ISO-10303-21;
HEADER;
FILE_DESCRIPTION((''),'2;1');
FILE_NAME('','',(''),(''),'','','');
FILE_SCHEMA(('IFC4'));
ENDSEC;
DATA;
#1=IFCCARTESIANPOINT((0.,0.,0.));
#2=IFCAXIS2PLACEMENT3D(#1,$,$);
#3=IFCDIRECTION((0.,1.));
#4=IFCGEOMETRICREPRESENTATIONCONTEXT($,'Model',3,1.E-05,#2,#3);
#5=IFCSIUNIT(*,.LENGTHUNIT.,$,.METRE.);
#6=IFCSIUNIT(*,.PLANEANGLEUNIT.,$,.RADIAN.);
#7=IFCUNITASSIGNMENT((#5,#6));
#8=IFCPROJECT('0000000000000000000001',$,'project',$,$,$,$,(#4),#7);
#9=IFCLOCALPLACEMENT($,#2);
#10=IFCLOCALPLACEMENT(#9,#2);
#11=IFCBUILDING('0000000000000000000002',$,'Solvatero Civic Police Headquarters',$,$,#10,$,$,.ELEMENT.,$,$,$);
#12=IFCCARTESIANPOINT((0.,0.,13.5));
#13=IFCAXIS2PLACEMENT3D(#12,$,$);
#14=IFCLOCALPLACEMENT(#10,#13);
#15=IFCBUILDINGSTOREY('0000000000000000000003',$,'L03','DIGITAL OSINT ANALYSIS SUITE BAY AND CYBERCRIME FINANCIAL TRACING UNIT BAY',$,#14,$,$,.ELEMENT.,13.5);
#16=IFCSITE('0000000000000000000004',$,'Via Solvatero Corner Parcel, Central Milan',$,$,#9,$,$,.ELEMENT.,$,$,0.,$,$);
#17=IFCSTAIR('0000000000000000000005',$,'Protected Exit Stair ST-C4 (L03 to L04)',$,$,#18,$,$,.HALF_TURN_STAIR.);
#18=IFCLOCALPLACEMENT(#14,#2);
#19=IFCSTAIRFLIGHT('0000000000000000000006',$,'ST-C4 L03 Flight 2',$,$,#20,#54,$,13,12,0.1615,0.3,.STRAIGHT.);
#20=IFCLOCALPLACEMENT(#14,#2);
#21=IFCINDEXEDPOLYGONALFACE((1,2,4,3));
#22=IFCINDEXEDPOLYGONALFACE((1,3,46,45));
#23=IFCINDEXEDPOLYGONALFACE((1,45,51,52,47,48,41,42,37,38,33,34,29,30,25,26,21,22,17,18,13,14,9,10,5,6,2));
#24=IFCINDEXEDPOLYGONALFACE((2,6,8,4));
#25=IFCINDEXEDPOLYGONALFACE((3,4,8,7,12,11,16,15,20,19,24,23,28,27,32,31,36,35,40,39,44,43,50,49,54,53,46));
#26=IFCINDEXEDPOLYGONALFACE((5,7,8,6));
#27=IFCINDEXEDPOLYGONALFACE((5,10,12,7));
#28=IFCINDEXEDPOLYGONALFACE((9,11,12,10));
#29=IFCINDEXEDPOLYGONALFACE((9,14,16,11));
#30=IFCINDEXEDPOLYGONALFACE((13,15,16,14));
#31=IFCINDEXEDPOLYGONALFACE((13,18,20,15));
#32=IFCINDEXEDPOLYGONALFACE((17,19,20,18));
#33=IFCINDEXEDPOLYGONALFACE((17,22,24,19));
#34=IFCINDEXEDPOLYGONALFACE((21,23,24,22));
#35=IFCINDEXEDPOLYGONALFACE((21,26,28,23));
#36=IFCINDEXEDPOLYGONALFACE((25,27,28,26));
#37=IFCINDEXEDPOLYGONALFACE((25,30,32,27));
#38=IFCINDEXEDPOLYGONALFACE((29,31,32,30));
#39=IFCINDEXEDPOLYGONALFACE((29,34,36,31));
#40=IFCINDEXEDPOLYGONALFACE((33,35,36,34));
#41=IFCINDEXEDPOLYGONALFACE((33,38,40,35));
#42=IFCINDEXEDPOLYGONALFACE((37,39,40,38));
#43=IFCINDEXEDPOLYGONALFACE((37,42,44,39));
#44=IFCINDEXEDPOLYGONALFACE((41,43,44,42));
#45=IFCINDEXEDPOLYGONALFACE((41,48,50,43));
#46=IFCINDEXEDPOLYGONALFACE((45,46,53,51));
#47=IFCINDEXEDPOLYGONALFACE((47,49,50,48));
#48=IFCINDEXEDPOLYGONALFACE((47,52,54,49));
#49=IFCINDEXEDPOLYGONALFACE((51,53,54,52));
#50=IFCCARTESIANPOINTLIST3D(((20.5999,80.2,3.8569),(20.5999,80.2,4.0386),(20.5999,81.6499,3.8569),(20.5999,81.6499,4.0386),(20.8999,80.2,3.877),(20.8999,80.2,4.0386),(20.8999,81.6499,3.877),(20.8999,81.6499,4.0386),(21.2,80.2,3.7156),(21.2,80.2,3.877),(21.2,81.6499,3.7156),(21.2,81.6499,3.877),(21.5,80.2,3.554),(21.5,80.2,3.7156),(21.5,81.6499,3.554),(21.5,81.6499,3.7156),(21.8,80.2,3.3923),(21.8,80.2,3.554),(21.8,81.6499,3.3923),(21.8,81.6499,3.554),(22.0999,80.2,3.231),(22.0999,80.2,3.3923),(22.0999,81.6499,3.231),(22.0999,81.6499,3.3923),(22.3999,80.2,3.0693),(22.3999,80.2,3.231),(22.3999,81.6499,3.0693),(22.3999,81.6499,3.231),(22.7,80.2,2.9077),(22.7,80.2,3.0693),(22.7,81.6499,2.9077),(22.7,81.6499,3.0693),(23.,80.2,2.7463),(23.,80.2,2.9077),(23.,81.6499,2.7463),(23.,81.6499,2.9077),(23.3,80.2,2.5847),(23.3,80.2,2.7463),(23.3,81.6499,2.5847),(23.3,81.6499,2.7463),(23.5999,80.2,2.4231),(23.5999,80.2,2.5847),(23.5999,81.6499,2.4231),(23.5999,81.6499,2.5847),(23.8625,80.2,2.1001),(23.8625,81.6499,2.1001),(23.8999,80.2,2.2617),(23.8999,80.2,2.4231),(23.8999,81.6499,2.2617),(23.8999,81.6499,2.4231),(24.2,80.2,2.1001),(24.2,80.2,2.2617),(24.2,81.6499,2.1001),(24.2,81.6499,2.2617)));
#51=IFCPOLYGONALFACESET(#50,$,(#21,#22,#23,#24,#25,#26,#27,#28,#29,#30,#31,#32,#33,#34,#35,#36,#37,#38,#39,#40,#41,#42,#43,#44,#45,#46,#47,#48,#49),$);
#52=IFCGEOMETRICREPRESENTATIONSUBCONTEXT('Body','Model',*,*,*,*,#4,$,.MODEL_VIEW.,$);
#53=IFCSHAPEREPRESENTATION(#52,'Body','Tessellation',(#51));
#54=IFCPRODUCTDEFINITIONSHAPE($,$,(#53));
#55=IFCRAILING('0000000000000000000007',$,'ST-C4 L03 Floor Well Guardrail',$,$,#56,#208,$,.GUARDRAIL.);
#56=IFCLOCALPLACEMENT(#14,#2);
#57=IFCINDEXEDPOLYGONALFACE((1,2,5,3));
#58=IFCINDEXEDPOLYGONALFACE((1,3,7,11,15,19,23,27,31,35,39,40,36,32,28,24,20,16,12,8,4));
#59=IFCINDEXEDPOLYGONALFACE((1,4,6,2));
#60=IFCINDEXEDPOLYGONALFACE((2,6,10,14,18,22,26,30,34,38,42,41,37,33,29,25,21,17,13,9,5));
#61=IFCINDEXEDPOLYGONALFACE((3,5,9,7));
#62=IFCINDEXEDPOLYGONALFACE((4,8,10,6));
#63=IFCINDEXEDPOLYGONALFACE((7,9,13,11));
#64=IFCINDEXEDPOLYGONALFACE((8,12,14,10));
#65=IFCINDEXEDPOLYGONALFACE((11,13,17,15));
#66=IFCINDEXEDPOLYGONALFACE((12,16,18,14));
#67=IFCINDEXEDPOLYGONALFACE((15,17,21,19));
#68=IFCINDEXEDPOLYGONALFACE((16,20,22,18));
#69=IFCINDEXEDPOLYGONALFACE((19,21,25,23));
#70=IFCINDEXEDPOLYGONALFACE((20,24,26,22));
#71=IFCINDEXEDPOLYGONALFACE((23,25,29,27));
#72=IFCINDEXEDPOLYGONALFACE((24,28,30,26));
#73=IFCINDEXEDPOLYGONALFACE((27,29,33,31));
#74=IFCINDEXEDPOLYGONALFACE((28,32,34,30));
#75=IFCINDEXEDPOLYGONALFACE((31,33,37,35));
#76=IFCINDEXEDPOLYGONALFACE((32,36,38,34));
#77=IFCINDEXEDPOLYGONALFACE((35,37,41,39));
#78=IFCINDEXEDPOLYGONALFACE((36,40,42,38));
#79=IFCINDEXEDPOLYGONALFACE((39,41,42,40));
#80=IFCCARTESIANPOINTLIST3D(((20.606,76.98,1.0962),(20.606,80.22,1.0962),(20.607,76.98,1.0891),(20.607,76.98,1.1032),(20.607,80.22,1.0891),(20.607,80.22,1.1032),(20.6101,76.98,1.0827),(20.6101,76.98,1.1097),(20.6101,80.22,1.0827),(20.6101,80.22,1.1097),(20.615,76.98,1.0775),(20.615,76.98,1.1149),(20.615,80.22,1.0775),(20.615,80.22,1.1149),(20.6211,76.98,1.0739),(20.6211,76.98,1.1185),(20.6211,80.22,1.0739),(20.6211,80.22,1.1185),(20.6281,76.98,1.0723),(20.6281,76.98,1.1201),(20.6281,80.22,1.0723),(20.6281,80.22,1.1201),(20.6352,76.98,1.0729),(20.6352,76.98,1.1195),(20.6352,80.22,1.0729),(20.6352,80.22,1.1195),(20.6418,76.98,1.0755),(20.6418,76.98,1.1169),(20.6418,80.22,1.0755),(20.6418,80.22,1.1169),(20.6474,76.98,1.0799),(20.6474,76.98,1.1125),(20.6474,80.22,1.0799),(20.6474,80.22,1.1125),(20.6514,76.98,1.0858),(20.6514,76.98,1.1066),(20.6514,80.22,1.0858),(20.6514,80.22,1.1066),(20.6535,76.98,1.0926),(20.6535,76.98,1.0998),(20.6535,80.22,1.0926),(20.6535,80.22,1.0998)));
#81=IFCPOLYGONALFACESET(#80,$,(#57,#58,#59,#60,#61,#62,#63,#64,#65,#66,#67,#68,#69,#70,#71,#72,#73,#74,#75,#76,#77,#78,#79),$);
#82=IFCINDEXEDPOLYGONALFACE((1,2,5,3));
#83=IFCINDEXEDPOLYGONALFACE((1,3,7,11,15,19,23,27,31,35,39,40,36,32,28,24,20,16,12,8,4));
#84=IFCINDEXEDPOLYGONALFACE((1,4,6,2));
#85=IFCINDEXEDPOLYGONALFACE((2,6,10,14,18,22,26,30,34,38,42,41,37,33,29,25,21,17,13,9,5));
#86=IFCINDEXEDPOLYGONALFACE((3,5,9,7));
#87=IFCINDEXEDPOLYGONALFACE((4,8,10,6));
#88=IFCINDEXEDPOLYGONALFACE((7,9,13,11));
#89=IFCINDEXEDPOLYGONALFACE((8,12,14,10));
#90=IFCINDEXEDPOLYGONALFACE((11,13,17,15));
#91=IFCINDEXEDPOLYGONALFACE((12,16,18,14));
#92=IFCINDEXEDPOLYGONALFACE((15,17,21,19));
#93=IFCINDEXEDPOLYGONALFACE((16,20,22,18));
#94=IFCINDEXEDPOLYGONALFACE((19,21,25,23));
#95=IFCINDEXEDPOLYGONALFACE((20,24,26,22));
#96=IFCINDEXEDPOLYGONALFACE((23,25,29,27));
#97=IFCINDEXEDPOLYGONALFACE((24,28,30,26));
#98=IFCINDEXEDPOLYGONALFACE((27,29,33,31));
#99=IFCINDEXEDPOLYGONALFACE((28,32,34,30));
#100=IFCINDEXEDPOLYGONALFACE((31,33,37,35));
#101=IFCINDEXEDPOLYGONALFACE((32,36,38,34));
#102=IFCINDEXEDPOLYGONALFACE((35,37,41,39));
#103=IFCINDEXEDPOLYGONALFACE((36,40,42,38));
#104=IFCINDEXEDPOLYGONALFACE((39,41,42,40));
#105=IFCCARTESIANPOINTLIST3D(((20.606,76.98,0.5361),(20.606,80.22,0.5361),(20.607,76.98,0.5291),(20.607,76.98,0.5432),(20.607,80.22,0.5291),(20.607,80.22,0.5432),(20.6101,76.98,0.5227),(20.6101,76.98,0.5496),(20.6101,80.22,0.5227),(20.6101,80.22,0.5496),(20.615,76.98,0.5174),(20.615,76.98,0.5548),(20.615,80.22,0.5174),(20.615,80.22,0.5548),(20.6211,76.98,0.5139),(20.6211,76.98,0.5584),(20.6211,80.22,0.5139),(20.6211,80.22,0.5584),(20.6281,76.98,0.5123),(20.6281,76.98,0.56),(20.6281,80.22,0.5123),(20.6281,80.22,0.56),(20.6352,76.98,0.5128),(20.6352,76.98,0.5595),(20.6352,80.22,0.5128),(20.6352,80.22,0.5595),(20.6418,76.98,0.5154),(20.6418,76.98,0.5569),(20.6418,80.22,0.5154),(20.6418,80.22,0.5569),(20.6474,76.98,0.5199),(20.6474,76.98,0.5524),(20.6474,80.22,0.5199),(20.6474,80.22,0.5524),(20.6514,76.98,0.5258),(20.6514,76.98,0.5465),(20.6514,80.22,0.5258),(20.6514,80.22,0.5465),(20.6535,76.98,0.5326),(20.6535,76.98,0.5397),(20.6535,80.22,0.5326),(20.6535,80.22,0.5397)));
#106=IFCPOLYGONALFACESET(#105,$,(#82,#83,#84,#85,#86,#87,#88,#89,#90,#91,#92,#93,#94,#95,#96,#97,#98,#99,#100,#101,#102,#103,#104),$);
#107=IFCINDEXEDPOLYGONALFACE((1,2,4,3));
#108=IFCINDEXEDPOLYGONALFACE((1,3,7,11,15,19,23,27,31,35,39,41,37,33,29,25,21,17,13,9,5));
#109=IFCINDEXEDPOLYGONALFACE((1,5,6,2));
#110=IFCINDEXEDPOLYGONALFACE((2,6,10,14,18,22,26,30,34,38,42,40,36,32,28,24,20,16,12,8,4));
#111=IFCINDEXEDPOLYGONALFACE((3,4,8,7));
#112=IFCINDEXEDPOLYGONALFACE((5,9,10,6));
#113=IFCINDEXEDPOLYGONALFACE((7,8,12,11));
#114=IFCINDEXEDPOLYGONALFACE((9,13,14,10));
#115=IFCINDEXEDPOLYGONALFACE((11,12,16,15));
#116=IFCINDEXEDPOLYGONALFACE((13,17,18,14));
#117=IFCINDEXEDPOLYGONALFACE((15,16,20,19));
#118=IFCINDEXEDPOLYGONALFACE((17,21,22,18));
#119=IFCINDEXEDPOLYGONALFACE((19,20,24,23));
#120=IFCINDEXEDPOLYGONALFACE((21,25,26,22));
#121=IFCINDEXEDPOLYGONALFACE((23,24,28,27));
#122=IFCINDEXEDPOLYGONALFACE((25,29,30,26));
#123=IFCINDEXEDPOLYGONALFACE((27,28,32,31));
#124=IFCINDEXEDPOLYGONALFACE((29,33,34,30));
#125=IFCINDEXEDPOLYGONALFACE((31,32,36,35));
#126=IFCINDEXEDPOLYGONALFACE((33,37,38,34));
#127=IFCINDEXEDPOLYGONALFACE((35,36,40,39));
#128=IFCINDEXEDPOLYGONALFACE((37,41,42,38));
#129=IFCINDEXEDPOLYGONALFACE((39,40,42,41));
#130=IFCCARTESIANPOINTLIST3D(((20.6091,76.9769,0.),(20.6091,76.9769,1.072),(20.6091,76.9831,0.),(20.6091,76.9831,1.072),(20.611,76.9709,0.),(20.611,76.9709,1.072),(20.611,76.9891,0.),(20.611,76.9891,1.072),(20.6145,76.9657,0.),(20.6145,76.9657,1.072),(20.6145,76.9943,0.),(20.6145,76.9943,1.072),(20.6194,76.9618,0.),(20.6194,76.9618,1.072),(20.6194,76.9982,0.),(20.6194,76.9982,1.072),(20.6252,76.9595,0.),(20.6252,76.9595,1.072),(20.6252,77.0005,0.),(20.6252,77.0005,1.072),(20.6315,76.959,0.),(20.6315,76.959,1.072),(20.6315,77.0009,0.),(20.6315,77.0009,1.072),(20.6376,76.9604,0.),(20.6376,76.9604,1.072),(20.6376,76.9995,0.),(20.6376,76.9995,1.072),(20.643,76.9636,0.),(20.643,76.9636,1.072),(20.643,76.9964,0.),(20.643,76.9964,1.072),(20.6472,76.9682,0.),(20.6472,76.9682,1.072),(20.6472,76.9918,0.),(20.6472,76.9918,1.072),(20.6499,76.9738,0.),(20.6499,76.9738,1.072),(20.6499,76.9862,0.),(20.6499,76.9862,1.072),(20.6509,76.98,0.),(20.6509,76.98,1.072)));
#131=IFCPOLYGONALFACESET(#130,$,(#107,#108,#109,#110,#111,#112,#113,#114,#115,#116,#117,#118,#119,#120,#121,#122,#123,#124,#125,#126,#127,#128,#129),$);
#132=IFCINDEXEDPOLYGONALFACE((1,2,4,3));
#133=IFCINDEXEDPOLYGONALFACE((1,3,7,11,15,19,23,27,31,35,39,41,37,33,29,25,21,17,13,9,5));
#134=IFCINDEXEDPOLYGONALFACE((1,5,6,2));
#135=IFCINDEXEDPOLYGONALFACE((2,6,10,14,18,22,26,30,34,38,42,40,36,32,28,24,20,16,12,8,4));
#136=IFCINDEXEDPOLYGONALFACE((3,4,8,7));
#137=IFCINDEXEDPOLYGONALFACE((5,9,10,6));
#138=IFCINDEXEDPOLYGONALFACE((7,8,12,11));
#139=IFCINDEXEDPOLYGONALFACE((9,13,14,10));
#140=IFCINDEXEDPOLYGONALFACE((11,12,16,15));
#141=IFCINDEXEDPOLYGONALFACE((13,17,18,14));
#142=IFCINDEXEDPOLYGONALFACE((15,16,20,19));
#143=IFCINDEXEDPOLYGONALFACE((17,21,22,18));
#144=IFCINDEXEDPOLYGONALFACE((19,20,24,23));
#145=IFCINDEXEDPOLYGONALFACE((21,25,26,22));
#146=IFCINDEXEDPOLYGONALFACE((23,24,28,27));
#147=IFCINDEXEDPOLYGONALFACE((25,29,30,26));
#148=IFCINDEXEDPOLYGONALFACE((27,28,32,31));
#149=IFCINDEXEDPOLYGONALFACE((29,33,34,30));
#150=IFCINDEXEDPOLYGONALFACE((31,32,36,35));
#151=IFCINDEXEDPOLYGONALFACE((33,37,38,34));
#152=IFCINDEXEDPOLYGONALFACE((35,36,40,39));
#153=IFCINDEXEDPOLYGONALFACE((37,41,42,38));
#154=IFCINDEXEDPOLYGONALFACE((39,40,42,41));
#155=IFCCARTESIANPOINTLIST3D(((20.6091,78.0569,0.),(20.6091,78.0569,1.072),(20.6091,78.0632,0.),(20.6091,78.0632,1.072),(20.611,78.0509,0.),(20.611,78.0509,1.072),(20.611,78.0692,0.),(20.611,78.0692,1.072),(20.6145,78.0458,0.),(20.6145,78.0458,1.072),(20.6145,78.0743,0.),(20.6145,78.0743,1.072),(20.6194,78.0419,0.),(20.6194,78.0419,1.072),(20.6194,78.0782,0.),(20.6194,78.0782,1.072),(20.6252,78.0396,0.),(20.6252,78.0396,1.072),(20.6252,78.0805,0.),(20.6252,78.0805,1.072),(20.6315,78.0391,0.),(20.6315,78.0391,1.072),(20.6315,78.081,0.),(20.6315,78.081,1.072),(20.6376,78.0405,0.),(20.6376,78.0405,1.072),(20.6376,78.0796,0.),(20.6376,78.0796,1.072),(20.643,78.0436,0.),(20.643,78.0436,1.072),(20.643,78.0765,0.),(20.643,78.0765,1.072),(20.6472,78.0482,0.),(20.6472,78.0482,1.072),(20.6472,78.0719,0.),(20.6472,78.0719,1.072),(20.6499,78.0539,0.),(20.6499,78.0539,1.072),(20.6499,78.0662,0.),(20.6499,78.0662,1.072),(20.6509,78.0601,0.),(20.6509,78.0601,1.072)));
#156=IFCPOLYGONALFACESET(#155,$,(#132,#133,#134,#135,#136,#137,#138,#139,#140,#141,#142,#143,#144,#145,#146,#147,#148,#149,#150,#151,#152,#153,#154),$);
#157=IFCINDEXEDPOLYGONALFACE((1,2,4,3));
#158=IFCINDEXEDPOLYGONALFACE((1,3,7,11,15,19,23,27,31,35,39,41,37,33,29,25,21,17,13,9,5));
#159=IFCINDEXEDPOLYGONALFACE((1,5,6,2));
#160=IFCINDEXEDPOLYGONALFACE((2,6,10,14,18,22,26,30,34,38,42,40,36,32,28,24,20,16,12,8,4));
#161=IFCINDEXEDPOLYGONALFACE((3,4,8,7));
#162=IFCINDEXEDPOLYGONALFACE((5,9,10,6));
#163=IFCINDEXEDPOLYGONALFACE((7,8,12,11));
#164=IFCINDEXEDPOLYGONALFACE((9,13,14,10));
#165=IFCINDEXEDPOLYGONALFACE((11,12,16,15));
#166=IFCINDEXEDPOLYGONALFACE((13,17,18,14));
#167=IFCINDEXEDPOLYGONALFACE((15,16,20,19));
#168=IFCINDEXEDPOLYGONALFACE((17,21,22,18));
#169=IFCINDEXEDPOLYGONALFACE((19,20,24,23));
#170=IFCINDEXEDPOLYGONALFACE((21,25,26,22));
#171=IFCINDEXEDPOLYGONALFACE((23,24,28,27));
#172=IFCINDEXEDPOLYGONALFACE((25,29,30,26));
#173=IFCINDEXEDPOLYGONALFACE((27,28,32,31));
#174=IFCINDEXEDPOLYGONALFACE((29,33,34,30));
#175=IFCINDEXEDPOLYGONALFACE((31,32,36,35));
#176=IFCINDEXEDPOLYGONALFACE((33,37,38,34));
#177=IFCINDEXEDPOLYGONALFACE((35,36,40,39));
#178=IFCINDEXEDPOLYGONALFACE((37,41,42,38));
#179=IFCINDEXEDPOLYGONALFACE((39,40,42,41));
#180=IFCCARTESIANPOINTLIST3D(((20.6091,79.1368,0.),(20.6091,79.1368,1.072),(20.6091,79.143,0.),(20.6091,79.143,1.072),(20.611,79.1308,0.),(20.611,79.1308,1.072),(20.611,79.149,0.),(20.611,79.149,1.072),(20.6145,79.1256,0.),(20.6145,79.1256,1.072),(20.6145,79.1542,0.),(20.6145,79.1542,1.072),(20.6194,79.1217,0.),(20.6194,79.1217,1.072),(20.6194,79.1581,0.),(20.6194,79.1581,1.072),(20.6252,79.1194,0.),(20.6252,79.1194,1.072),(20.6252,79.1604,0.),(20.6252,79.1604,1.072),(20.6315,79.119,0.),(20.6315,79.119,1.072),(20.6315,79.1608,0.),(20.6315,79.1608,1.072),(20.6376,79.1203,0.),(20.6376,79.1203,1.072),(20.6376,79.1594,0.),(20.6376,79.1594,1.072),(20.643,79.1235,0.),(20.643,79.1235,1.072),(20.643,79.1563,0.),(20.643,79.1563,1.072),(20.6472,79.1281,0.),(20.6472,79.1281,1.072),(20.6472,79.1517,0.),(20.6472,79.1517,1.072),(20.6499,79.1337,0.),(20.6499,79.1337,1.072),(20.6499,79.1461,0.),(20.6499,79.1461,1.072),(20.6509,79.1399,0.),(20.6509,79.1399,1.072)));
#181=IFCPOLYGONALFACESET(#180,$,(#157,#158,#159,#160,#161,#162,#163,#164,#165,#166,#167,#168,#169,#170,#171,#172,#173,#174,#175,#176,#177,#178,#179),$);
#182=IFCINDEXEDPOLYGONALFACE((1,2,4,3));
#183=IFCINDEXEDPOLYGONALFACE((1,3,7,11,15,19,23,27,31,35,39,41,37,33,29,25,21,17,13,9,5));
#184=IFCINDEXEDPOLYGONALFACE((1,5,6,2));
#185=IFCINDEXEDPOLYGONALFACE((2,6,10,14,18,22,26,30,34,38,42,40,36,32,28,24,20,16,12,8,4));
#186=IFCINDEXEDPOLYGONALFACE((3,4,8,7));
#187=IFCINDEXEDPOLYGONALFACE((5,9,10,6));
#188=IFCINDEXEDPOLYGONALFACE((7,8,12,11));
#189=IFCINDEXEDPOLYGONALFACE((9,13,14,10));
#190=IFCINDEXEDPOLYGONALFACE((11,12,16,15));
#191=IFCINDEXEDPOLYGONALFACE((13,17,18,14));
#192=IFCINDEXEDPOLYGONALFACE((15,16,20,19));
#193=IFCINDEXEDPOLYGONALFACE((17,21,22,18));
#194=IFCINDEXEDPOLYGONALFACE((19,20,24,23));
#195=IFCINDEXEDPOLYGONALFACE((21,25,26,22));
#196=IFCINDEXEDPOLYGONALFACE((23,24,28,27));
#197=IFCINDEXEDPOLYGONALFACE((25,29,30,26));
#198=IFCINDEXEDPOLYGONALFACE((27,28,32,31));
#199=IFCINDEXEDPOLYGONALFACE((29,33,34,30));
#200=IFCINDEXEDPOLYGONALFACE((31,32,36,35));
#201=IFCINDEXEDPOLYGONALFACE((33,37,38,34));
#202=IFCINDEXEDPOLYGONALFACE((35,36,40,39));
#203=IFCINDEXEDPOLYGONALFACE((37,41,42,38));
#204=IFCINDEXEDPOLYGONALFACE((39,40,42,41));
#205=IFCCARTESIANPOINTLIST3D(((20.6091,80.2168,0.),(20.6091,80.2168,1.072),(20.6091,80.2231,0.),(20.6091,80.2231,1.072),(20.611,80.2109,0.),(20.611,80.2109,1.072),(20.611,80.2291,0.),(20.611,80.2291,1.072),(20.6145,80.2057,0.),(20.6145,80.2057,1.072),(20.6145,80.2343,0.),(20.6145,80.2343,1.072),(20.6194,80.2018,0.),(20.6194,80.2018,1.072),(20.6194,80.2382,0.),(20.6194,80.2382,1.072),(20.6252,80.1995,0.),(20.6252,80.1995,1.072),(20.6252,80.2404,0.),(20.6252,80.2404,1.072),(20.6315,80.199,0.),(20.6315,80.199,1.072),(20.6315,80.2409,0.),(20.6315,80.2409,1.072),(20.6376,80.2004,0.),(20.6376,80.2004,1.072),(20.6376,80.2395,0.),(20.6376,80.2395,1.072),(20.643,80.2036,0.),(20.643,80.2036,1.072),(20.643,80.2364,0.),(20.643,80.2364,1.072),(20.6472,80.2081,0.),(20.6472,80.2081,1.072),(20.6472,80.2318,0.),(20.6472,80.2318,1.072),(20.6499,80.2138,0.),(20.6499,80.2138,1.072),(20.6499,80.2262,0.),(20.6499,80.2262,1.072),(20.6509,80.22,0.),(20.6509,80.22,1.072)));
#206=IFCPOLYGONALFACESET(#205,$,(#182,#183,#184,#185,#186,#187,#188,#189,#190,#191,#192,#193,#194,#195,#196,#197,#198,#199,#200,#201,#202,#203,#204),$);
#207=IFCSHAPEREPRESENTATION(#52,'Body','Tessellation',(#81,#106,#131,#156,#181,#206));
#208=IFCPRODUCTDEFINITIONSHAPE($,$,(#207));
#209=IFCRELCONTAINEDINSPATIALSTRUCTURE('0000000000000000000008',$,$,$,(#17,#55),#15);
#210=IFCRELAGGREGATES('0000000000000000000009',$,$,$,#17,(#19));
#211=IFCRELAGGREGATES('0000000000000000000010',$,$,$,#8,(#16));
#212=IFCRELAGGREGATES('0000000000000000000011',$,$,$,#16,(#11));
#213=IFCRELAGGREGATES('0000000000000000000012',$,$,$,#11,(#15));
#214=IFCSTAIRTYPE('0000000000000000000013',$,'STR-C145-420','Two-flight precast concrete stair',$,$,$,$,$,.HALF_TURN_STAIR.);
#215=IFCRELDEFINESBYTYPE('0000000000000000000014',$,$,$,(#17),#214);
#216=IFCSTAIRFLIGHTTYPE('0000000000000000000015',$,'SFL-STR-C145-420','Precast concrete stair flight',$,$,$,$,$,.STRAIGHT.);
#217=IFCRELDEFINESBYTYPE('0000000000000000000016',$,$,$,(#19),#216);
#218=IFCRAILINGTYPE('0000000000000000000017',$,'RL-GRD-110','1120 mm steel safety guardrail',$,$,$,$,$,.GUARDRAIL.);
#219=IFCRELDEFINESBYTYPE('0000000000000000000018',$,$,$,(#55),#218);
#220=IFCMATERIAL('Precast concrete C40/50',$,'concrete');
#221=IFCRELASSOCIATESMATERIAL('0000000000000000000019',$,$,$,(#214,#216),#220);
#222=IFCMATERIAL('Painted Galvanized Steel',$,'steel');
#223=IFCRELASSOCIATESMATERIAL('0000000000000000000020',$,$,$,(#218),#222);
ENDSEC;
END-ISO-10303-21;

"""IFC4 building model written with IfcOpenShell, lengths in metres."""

from ifc_helpers import new_model, si_unit, direction, frame, origin, origin_2d, place, context, subcontext, project, spatial, polyline, circle, outline, extrude, material, type_object, element, aggregate, save


model = new_model("IFC4")

# Units and contexts
model_context = context("Model", 3, precision=1e-05, world=origin(), true_north=direction((0.0, 1.0)))
body_context = subcontext(model_context, "Body", "Model", "MODEL_VIEW")
ifc_project = project(units=[si_unit("LENGTHUNIT", "METRE"), si_unit("PLANEANGLEUNIT", "RADIAN")], contexts=[model_context])

# Site, building, storey
site_placement = place(None, origin())
site = spatial("IfcSite", under=ifc_project, at=site_placement, Name="Via Solvatero Corner Parcel, Central Milan", CompositionType="ELEMENT", RefElevation=0.0)
building_placement = place(site_placement, origin())
building = spatial("IfcBuilding", under=site, at=building_placement, Name="Solvatero Civic Police Headquarters", CompositionType="ELEMENT")
storey_placement = place(building_placement, frame((0.0, 0.0, 13.5)))
storey = spatial("IfcBuildingStorey", under=building, at=storey_placement, Name="L03", Description="DIGITAL OSINT ANALYSIS SUITE BAY AND CYBERCRIME FINANCIAL TRACING UNIT BAY", CompositionType="ELEMENT", Elevation=13.5)

# Stair, stair flight
ifc_material_1 = material(Name="Precast concrete C40/50", Category="concrete")
stair_type = type_object("IfcStairType", Name="STR-C145-420", Description="Two-flight precast concrete stair", PredefinedType="HALF_TURN_STAIR", material=ifc_material_1)
stair_placement = place(storey_placement, origin())
stair = element("IfcStair", 1, at=stair_placement, inside=storey, type_object=stair_type, Name="Protected Exit Stair ST-C4 (L03 to L04)", PredefinedType="HALF_TURN_STAIR")
stair_flight_type = type_object("IfcStairFlightType", Name="SFL-STR-C145-420", Description="Precast concrete stair flight", PredefinedType="STRAIGHT", material=ifc_material_1)
stair_flight_placement = place(storey_placement, frame((24.2, 80.925, 2.1001), z_axis=(0.0, 0.0, 1.0), x_axis=(-1.0, 0.0, 0.0)))
stair_flight = element("IfcStairFlight", 2, at=stair_flight_placement, type_object=stair_flight_type, Name="ST-C4 L03 Flight 2", NumberOfRisers=13, NumberOfTreads=12, PredefinedType="STRAIGHT", RiserHeight=0.1615, TreadLength=0.3, context=body_context, shape_type="SweptSolid", body=[
    extrude(outline(polyline([(0.0, 0.0), (0.0, 0.1616), (0.3, 0.1616), (0.3, 0.323), (0.6001, 0.323), (0.6001, 0.4846), (0.8999, 0.4846), (0.8999, 0.6462), (1.2, 0.6462), (1.2, 0.8076), (1.5, 0.8076), (1.5, 0.9692), (1.8, 0.9692), (1.8, 1.1309), (2.1001, 1.1309), (2.1001, 1.2922), (2.3999, 1.2922), (2.3999, 1.4539), (2.7, 1.4539), (2.7, 1.6155), (3.0, 1.6155), (3.0, 1.7769), (3.3, 1.7769), (3.3, 1.9385), (3.6001, 1.9385), (3.6001, 2.1001), (3.6001, 1.7568), (0.3374, 0.0), (0.0, 0.0)])), frame((0.0, 0.7251, 0.0), z_axis=(0.0, -1.0, 0.0), x_axis=(1.0, 0.0, 0.0)), (0.0, 0.0, 1.0), 1.45),
])
aggregate(stair, [stair_flight])

# Railing
ifc_material_2 = material(Name="Painted Galvanized Steel", Category="steel")
railing_type_1 = type_object("IfcRailingType", Name="RL-GRD-110", Description="1120 mm steel safety guardrail", PredefinedType="GUARDRAIL", material=ifc_material_2)
railing_1_placement = place(storey_placement, frame((20.6299, 76.98, 0.0)))
element("IfcRailing", 3, at=railing_1_placement, inside=storey, type_object=railing_type_1, Name="ST-C4 L03 Floor Well Guardrail", PredefinedType="GUARDRAIL", context=body_context, shape_type="SweptSolid", body=[
    extrude(circle(Radius=0.0239, at=origin_2d()), frame((0.0, 0.0, 1.0962), z_axis=(0.0, 1.0, 0.0), x_axis=(-1.0, 0.0, 0.0)), (0.0, 0.0, 1.0), 3.24),
    extrude(circle(Radius=0.0239, at=origin_2d()), frame((0.0, 0.0, 0.5361), z_axis=(0.0, 1.0, 0.0), x_axis=(-1.0, 0.0, 0.0)), (0.0, 0.0, 1.0), 3.24),
    extrude(circle(Radius=0.021, at=origin_2d()), origin(), (0.0, 0.0, 1.0), 1.072),
    extrude(circle(Radius=0.021, at=origin_2d()), frame((0.0, 1.0801, 0.0)), (0.0, 0.0, 1.0), 1.072),
    extrude(circle(Radius=0.021, at=origin_2d()), frame((0.0, 2.1599, 0.0)), (0.0, 0.0, 1.0), 1.072),
    extrude(circle(Radius=0.021, at=origin_2d()), frame((0.0, 3.24, 0.0)), (0.0, 0.0, 1.0), 1.072),
])

save(model, "model.ifc")
